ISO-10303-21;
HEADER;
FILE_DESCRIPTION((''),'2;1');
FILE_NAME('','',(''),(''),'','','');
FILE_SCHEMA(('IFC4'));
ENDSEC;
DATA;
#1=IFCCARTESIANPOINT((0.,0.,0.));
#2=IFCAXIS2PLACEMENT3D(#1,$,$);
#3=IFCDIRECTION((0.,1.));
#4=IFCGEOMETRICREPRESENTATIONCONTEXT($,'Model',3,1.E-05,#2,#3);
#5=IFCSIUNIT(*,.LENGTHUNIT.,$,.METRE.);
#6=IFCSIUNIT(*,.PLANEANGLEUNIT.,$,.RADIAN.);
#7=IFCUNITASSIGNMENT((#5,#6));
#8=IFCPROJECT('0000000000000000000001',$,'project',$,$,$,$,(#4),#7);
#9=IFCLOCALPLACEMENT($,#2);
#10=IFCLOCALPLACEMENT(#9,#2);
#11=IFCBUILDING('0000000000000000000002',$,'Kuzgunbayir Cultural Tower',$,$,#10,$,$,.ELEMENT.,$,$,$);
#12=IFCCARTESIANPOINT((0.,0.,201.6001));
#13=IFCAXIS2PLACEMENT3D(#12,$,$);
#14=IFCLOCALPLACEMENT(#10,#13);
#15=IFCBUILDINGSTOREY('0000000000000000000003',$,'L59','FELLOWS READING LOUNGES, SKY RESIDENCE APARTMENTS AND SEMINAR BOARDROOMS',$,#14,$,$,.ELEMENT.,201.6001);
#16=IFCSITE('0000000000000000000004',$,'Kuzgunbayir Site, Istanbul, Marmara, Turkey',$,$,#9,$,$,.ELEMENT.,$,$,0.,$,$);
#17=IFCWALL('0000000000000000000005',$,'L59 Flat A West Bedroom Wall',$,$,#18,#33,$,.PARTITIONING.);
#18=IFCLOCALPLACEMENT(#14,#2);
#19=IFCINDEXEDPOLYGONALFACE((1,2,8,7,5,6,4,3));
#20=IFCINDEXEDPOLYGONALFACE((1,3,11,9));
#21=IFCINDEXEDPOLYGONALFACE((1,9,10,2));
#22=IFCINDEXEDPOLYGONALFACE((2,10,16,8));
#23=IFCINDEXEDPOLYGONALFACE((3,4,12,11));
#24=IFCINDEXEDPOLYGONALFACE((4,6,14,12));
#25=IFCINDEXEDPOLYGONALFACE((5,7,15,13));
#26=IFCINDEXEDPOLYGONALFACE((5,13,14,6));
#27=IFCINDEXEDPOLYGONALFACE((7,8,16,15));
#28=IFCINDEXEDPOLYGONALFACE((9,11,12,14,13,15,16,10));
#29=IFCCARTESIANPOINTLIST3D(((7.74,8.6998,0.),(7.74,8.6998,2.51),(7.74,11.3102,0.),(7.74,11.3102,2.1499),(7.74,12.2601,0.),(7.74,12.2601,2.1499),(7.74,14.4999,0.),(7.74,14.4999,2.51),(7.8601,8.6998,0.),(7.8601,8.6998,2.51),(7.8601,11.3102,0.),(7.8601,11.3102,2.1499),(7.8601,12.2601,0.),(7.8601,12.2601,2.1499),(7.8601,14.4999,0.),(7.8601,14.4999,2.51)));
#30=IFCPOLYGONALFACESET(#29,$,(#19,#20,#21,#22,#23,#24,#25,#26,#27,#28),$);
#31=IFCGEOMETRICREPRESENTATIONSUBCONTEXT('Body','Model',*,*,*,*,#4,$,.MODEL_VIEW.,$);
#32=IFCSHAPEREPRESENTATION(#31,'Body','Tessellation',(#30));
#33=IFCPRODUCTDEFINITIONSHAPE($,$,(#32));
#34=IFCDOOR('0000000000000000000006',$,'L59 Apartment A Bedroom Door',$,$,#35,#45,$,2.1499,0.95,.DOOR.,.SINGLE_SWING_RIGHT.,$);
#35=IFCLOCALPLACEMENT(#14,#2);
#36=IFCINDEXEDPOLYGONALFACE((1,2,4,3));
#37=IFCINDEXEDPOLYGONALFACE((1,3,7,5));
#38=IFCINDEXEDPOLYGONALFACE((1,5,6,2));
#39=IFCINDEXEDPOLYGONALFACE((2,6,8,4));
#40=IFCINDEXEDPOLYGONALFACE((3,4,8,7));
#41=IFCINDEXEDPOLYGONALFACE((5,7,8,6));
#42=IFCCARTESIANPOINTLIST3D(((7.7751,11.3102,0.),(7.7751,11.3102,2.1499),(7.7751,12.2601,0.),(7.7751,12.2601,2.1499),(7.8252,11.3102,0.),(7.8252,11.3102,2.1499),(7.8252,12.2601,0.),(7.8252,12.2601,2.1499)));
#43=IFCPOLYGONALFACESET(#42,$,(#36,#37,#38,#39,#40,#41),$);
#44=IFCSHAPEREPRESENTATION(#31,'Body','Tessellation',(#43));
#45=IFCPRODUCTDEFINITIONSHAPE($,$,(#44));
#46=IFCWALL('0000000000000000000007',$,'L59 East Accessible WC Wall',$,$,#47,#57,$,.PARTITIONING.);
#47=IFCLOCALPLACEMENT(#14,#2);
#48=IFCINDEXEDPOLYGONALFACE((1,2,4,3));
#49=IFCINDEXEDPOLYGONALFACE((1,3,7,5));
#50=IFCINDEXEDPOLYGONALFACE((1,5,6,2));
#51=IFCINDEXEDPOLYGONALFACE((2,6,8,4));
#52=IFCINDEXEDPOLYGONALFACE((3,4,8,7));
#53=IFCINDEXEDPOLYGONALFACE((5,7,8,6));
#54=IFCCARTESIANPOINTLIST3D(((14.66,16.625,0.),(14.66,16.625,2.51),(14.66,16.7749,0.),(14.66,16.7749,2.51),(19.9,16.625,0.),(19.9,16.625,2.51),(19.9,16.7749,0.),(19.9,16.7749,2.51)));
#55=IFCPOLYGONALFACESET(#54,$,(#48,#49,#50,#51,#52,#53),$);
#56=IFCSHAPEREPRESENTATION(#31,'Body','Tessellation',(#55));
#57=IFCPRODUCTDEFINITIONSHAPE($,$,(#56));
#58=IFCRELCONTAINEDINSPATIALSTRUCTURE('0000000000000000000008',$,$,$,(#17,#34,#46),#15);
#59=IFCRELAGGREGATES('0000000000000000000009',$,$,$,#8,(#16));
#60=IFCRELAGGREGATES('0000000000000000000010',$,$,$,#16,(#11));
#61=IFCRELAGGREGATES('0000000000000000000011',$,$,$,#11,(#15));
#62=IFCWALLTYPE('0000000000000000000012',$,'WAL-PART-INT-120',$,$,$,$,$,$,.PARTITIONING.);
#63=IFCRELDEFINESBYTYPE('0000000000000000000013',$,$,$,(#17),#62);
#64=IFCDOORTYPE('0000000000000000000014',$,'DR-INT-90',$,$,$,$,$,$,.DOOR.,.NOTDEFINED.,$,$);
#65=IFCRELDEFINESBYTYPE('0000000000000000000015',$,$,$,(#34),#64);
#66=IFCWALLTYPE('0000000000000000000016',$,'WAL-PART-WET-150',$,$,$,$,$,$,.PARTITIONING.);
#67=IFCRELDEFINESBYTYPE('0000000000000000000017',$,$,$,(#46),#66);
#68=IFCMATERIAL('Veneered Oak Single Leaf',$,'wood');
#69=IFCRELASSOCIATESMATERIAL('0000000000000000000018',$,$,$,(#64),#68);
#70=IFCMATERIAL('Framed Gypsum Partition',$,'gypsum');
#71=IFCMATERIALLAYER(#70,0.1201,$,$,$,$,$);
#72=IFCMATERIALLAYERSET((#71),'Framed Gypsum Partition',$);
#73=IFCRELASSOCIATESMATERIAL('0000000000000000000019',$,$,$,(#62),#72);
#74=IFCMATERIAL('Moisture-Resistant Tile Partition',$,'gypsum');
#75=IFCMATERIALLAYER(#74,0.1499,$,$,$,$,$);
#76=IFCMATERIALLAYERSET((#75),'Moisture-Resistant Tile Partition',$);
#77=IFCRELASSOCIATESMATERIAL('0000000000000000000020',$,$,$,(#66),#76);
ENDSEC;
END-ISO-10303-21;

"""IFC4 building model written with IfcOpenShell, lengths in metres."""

from ifc_helpers import new_model, si_unit, direction, frame, frame_2d, origin, place, context, subcontext, project, spatial, rectangle, extrude, material, layer, layer_set, type_object, element, fill, save


model = new_model("IFC4")

# Units and contexts
model_context = context("Model", 3, precision=1e-05, world=origin(), true_north=direction((0.0, 1.0)))
body_context = subcontext(model_context, "Body", "Model", "MODEL_VIEW")
ifc_project = project(units=[si_unit("LENGTHUNIT", "METRE"), si_unit("PLANEANGLEUNIT", "RADIAN")], contexts=[model_context])

# Site, building, storey
site_placement = place(None, origin())
site = spatial("IfcSite", under=ifc_project, at=site_placement, Name="Kuzgunbayir Site, Istanbul, Marmara, Turkey", CompositionType="ELEMENT", RefElevation=0.0)
building_placement = place(site_placement, origin())
building = spatial("IfcBuilding", under=site, at=building_placement, Name="Kuzgunbayir Cultural Tower", CompositionType="ELEMENT")
storey_placement = place(building_placement, frame((0.0, 0.0, 201.6001)))
storey = spatial("IfcBuildingStorey", under=building, at=storey_placement, Name="L59", Description="FELLOWS READING LOUNGES, SKY RESIDENCE APARTMENTS AND SEMINAR BOARDROOMS", CompositionType="ELEMENT", Elevation=201.6001)

# Shared definitions
ifc_material_1 = material(Name="Veneered Oak Single Leaf", Category="wood")
door_type_1 = type_object("IfcDoorType", Name="DR-INT-90", OperationType="NOTDEFINED", PredefinedType="DOOR", material=ifc_material_1)

# Wall, opening, door
ifc_material_2 = material(Name="Framed Gypsum Partition", Category="gypsum")
ifc_layer_1 = layer(ifc_material_2, 0.1201)
ifc_layer_set_1 = layer_set([ifc_layer_1], Name="Framed Gypsum Partition")
wall_type_1 = type_object("IfcWallType", Name="WAL-PART-INT-120", PredefinedType="PARTITIONING", material=ifc_layer_set_1)
wall_1_placement = place(storey_placement, frame((7.8, 8.7, 0.0), z_axis=(0.0, 0.0, 1.0), x_axis=(0.0, 1.0, 0.0)))
wall_1 = element("IfcWall", 1, at=wall_1_placement, inside=storey, type_object=wall_type_1, Name="L59 Flat A West Bedroom Wall", PredefinedType="PARTITIONING", context=body_context, shape_type="SweptSolid", body=[
    extrude(rectangle(XDim=5.8, YDim=0.1201, at=frame_2d((2.8999, 0.0))), origin(), (0.0, 0.0, 1.0), 2.51),
])
opening_1_placement = place(wall_1_placement, frame((2.6101, 0.0, 0.0)))
opening_1 = element("IfcOpeningElement", 2, at=opening_1_placement, cuts=wall_1, PredefinedType="OPENING", context=body_context, shape_type="SweptSolid", body=[
    extrude(rectangle(XDim=0.95, YDim=2.1499, at=frame_2d((0.4751, 1.075))), frame((0.0, 0.0701, 0.0), z_axis=(0.0, -1.0, 0.0), x_axis=(1.0, 0.0, 0.0)), (0.0, 0.0, 1.0), 0.1401),
])
door_1_placement = place(opening_1_placement, origin())
door_1 = element("IfcDoor", 3, at=door_1_placement, inside=storey, type_object=door_type_1, Name="L59 Apartment A Bedroom Door", OperationType="SINGLE_SWING_RIGHT", OverallHeight=2.1499, OverallWidth=0.95, PredefinedType="DOOR", context=body_context, shape_type="SweptSolid", body=[
    extrude(rectangle(XDim=0.95, YDim=2.1499, at=frame_2d((0.4751, 1.075))), frame((0.0, 0.0249, 0.0), z_axis=(0.0, -1.0, 0.0), x_axis=(1.0, 0.0, 0.0)), (0.0, 0.0, 1.0), 0.05),
])
fill(opening_1, door_1)

# Wall
ifc_material_3 = material(Name="Moisture-Resistant Tile Partition", Category="gypsum")
ifc_layer_2 = layer(ifc_material_3, 0.1499)
ifc_layer_set_2 = layer_set([ifc_layer_2], Name="Moisture-Resistant Tile Partition")
wall_type_2 = type_object("IfcWallType", Name="WAL-PART-WET-150", PredefinedType="PARTITIONING", material=ifc_layer_set_2)
wall_2_placement = place(storey_placement, frame((14.6599, 16.7, 0.0), z_axis=(0.0, 0.0, 1.0), x_axis=(1.0, 0.0, 0.0)))
element("IfcWall", 4, at=wall_2_placement, inside=storey, type_object=wall_type_2, Name="L59 East Accessible WC Wall", PredefinedType="PARTITIONING", context=body_context, shape_type="SweptSolid", body=[
    extrude(rectangle(XDim=5.24, YDim=0.1499, at=frame_2d((2.6201, 0.0))), origin(), (0.0, 0.0, 1.0), 2.51),
])

save(model, "model.ifc")
